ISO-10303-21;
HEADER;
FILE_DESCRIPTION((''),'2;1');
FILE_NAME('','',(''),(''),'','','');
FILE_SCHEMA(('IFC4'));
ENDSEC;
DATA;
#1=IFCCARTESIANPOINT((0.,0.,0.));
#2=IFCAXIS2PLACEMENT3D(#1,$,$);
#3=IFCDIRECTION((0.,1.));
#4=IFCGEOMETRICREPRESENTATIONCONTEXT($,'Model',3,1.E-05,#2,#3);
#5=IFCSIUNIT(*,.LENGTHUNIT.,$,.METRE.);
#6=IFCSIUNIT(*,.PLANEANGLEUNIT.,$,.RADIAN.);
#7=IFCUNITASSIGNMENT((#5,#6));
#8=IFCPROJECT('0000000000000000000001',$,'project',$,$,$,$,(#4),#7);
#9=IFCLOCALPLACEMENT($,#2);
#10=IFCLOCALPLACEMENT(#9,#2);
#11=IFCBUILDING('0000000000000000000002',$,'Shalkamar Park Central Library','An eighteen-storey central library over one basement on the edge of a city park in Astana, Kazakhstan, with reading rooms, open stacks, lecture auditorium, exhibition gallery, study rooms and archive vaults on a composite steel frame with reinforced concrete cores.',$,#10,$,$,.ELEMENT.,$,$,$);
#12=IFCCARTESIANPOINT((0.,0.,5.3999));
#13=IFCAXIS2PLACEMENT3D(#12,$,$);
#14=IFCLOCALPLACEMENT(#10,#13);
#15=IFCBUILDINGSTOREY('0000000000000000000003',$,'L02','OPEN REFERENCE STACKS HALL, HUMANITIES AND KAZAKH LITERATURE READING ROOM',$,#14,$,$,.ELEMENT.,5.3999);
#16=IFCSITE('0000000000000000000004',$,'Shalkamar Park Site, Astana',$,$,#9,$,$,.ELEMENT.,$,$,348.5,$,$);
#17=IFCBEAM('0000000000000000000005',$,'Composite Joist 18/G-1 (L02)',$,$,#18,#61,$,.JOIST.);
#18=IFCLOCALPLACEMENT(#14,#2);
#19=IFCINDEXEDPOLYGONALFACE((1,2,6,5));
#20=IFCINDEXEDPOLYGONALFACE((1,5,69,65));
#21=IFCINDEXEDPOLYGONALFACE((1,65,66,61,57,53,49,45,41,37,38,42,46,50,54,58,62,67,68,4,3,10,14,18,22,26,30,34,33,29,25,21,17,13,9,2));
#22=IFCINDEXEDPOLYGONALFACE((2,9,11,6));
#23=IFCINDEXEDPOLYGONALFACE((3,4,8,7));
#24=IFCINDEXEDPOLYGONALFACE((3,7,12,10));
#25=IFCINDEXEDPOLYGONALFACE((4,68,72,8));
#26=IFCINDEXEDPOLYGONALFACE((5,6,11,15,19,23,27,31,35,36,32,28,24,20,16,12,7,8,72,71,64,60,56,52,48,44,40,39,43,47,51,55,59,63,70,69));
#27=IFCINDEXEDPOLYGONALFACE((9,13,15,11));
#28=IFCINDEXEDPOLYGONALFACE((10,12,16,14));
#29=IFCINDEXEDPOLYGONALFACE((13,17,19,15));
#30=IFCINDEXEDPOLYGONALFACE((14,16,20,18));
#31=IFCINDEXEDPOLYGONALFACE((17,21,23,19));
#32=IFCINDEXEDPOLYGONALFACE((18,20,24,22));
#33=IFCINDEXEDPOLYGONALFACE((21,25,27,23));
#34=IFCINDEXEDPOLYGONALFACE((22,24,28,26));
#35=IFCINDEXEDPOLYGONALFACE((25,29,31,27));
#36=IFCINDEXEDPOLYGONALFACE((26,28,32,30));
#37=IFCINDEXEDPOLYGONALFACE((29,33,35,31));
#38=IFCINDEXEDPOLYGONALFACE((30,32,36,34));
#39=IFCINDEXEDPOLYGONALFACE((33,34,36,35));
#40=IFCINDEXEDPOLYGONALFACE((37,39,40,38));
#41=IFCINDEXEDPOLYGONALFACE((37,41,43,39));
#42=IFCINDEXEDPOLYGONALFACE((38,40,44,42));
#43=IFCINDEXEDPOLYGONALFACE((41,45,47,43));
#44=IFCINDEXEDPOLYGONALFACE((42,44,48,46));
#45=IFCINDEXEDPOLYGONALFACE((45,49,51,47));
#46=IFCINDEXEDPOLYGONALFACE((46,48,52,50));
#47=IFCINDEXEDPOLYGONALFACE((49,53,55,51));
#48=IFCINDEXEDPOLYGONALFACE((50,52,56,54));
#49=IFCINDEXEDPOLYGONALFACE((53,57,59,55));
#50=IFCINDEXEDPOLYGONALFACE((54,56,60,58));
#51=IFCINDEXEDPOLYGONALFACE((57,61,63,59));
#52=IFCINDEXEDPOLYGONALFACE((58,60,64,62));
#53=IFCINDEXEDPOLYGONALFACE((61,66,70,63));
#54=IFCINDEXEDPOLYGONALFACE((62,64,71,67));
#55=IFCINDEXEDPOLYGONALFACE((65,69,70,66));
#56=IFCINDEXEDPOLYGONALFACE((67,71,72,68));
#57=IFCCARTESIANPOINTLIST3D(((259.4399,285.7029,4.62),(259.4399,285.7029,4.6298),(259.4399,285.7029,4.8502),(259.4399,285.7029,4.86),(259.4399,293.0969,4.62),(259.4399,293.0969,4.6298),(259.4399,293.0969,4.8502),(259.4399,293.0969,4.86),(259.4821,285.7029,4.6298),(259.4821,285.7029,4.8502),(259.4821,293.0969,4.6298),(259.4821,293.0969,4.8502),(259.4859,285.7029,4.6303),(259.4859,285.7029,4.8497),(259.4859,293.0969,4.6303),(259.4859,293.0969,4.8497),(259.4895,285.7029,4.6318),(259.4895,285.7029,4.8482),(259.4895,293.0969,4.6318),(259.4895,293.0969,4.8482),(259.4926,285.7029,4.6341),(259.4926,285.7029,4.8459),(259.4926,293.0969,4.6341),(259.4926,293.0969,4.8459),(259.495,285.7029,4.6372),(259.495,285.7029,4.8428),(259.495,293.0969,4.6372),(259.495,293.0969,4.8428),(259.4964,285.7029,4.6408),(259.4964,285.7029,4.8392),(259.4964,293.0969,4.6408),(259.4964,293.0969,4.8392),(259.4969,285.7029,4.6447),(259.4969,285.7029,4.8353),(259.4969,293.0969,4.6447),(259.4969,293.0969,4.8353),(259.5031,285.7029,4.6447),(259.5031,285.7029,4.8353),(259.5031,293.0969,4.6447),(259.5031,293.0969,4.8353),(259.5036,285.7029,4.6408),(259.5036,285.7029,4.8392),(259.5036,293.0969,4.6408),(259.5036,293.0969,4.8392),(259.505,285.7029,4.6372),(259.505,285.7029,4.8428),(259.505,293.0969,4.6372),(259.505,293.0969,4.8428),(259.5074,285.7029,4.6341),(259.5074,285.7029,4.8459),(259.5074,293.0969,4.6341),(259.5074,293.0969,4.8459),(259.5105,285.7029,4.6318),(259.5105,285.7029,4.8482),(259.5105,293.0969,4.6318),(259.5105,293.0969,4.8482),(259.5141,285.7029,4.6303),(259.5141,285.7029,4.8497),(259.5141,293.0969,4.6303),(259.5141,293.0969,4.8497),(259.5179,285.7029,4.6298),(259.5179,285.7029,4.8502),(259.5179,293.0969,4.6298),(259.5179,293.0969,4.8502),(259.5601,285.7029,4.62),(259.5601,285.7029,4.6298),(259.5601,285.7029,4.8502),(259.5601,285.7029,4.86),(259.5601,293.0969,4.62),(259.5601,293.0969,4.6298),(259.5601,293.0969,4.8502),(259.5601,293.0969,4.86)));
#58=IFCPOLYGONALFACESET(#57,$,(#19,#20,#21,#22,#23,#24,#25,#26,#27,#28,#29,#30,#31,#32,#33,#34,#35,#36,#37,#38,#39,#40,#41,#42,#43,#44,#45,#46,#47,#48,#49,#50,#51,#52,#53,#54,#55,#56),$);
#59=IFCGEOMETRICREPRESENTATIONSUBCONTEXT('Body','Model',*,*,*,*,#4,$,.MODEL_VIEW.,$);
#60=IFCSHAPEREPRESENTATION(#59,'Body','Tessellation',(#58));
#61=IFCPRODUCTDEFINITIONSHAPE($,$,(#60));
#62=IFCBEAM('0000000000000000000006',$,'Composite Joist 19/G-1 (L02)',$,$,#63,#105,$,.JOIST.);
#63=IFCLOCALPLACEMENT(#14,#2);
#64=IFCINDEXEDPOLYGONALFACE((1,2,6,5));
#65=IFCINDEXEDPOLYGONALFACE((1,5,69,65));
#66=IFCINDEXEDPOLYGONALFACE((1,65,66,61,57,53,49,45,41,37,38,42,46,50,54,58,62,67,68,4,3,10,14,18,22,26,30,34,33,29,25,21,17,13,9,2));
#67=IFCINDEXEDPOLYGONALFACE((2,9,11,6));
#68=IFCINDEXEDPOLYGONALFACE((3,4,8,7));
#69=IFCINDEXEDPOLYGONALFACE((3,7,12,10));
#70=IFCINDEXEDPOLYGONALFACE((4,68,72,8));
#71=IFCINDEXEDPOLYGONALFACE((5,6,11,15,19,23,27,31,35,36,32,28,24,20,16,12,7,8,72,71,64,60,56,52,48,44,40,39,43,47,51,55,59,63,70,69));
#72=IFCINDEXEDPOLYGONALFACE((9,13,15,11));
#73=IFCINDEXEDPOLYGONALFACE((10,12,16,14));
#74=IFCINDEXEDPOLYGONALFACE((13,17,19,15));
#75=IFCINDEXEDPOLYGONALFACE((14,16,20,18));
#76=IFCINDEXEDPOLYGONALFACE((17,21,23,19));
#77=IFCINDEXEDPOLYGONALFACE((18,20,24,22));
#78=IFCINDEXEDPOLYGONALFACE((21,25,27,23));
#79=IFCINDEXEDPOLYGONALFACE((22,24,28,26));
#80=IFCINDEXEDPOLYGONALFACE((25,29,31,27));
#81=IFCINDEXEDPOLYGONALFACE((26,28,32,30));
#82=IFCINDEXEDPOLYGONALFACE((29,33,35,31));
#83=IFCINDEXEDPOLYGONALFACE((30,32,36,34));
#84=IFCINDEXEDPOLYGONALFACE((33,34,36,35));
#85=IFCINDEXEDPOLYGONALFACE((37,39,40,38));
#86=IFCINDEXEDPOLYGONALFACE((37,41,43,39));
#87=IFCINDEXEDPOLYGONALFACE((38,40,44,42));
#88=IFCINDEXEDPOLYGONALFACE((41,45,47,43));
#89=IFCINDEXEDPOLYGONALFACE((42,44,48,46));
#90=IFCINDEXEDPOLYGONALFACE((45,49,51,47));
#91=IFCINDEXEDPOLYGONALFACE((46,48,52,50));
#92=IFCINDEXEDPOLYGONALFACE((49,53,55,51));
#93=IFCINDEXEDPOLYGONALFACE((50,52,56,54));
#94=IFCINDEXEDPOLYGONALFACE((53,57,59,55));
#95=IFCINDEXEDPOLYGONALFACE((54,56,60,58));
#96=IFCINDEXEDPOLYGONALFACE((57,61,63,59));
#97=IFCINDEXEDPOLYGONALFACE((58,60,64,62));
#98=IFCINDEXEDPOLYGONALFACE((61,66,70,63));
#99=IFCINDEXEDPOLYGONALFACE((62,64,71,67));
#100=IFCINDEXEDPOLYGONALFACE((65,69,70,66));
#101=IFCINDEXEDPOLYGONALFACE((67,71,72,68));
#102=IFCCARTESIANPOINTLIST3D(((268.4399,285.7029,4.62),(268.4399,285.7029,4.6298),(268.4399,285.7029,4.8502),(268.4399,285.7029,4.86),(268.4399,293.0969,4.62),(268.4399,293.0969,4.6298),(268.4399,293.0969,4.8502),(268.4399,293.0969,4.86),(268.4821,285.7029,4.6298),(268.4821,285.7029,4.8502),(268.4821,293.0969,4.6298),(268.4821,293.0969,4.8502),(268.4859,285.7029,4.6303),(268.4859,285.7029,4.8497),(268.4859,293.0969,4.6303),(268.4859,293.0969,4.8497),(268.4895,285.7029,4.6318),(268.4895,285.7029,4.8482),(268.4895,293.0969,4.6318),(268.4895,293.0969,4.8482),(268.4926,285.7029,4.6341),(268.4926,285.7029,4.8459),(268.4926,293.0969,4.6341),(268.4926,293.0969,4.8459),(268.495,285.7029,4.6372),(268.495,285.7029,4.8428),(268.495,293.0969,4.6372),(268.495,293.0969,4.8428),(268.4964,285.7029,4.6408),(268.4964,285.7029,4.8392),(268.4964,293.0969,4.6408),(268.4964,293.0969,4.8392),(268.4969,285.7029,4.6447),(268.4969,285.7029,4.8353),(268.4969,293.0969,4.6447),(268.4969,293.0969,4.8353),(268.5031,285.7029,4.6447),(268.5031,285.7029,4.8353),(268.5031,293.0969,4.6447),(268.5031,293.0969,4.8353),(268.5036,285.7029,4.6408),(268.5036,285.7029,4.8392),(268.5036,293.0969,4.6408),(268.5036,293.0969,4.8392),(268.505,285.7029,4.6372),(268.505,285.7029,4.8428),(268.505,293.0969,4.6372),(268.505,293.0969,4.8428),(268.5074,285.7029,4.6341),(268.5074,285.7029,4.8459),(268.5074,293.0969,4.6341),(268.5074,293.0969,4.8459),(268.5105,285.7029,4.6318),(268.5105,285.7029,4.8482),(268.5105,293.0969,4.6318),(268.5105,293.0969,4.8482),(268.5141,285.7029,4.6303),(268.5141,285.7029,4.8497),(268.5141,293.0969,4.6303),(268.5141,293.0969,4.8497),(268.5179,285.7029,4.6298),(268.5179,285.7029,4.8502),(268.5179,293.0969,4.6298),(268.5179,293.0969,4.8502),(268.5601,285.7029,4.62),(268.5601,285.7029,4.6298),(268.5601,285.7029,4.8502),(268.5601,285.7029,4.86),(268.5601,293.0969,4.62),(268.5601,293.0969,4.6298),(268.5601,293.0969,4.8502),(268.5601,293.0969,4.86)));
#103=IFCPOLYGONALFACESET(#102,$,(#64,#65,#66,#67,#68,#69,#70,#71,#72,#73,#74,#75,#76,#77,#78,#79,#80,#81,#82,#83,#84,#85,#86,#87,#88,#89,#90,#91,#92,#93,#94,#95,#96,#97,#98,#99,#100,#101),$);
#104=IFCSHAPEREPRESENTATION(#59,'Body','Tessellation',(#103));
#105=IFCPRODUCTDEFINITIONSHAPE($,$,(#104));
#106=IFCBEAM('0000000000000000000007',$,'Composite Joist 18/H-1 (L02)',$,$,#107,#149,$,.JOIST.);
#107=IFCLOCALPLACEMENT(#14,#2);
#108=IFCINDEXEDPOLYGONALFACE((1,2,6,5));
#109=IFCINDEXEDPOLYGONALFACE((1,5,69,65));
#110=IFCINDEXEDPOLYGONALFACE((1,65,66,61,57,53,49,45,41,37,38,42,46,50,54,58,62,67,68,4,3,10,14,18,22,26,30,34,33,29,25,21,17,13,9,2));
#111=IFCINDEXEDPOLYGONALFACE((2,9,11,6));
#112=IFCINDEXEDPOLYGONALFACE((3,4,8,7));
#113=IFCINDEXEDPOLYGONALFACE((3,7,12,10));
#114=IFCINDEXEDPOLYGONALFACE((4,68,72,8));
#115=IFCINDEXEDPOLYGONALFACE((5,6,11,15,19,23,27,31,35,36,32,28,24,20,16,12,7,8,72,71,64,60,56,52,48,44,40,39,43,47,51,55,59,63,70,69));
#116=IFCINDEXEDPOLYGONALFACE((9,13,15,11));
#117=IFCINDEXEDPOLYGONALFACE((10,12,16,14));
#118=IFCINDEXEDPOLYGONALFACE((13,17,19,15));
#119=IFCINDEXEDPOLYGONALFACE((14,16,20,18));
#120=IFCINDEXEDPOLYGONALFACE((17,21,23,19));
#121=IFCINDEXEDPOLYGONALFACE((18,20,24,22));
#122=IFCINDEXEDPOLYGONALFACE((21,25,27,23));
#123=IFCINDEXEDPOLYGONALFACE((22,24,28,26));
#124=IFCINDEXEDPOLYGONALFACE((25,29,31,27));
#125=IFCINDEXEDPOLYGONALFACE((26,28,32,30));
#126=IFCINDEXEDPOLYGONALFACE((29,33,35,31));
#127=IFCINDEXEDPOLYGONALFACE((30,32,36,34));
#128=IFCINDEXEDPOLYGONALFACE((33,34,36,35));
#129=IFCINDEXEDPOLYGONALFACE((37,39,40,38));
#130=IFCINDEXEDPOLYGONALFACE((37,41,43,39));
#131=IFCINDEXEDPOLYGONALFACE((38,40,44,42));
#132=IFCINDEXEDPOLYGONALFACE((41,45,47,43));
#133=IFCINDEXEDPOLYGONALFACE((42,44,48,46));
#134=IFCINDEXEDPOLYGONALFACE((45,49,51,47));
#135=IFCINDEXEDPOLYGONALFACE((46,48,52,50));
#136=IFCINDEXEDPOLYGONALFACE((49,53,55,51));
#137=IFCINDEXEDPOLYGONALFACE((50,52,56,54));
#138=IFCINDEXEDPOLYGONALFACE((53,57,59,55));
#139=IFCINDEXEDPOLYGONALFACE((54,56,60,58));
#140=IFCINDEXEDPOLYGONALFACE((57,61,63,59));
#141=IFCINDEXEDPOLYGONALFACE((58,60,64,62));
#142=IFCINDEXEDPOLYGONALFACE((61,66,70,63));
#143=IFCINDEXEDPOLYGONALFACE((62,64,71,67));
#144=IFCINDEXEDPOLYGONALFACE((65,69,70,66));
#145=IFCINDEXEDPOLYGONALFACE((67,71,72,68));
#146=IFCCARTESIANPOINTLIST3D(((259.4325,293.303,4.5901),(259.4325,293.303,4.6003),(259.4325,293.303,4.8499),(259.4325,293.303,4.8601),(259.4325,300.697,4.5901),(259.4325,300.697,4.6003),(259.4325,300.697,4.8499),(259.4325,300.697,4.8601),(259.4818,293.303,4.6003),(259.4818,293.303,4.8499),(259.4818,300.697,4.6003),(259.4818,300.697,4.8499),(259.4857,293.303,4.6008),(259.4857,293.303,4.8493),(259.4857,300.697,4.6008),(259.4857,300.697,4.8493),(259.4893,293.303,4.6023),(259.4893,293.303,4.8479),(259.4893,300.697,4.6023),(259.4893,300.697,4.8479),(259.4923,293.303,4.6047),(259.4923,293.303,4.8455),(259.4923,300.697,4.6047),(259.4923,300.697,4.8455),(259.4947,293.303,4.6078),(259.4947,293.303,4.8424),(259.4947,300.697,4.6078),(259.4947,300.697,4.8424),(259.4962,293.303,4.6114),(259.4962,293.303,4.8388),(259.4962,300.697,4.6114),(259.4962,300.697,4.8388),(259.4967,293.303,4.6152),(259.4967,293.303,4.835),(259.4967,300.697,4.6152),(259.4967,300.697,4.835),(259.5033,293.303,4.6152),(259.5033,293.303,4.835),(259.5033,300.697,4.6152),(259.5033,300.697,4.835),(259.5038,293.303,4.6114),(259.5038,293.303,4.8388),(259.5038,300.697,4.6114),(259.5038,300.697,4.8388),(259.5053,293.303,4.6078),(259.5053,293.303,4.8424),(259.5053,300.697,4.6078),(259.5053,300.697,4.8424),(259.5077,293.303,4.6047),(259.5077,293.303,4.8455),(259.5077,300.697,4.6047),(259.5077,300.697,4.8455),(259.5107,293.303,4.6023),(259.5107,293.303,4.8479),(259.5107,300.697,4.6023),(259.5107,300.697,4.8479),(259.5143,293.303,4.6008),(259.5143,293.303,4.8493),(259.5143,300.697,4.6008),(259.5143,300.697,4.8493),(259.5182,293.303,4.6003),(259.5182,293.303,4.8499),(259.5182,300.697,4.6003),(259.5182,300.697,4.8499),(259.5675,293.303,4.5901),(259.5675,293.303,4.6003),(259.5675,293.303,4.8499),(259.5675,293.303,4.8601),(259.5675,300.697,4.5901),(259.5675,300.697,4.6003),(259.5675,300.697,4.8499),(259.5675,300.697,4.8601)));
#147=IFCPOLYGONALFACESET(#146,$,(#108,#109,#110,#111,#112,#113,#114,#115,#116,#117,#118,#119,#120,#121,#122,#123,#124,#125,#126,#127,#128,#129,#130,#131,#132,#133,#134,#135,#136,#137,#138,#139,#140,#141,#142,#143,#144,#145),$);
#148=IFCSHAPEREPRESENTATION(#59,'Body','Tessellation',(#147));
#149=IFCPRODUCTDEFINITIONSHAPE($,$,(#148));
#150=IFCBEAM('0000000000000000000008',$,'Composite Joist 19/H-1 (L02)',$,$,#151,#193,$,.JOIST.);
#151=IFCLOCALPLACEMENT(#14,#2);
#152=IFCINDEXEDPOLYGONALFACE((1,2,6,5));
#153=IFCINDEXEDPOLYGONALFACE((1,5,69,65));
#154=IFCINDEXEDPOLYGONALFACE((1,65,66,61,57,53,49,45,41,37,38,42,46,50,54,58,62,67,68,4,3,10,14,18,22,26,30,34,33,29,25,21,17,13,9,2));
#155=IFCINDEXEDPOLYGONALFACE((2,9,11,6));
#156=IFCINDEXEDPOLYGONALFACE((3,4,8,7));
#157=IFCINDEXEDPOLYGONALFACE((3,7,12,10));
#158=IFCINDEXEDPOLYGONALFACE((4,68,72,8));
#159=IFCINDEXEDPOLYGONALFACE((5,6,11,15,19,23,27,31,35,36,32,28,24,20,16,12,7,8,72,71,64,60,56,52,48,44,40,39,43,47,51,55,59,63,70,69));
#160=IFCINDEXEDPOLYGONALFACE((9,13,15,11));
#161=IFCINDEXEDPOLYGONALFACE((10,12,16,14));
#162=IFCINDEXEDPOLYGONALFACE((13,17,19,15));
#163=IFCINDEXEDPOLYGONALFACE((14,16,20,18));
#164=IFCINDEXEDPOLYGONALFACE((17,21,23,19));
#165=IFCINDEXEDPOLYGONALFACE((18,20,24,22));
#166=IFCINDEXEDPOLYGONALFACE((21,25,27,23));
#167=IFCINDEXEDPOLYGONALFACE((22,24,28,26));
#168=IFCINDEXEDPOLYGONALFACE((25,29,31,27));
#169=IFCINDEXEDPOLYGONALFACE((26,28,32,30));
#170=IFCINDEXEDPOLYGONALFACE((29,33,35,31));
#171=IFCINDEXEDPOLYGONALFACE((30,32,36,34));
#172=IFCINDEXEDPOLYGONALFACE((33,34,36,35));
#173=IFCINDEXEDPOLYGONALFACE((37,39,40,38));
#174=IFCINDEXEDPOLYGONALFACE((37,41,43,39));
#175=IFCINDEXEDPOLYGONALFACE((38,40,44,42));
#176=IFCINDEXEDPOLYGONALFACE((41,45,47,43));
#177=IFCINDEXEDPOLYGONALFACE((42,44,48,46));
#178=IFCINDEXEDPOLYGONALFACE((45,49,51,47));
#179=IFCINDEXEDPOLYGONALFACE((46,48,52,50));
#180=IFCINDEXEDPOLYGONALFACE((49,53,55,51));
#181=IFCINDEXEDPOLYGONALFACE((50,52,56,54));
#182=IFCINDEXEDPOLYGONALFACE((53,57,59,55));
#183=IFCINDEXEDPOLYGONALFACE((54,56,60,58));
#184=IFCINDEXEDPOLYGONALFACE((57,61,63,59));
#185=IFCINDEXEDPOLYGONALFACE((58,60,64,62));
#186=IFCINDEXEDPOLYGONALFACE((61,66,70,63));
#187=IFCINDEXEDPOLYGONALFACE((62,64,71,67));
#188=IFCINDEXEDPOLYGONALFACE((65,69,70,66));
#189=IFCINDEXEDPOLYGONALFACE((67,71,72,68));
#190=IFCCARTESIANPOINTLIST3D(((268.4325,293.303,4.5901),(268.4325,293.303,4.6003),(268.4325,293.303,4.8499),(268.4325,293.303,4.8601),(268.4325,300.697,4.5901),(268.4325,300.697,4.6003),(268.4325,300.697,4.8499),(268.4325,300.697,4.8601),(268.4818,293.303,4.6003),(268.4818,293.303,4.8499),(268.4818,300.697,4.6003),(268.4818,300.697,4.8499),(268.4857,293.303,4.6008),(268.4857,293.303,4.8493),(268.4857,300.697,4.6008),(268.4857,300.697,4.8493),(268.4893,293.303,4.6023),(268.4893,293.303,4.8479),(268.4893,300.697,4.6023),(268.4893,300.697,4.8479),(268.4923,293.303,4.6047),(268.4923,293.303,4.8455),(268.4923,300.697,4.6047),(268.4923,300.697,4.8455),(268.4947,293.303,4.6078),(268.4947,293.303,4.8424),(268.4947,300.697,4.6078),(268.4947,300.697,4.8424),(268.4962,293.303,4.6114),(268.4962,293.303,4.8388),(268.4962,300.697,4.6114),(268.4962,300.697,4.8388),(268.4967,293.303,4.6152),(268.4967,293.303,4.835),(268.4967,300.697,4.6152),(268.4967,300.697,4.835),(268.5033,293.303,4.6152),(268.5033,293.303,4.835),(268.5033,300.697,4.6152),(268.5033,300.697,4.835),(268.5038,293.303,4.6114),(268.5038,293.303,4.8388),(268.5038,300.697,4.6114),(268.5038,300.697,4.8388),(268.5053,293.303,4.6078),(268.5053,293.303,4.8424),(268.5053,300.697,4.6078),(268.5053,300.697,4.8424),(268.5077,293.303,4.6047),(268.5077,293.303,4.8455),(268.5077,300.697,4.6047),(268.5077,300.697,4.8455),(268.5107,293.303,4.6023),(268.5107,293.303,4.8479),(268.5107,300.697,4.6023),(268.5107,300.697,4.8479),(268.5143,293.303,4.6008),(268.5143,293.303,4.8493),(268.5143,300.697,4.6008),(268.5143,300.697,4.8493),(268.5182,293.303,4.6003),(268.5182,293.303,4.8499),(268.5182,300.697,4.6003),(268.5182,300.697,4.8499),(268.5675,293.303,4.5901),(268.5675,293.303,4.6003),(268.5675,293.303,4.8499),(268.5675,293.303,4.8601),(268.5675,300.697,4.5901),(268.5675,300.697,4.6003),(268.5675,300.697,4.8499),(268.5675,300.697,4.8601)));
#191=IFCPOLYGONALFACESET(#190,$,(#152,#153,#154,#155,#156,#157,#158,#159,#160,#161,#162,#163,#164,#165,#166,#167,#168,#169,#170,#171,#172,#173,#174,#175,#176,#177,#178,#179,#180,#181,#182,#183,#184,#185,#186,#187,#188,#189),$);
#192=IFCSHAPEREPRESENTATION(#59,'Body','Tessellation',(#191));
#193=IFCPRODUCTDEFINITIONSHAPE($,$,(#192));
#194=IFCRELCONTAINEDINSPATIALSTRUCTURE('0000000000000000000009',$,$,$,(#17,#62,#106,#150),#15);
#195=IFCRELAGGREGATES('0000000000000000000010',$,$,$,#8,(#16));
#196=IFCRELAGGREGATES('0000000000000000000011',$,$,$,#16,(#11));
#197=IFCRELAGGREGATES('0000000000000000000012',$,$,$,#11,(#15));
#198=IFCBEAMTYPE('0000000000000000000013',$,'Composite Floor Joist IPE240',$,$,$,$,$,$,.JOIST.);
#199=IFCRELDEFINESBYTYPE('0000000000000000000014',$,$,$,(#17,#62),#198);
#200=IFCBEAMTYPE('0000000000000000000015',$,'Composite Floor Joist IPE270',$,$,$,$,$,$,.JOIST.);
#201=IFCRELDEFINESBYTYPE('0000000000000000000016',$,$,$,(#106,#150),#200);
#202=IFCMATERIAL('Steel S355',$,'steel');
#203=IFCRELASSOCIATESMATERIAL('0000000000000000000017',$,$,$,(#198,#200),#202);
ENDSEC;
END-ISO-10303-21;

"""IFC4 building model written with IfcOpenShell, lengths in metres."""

from ifc_helpers import new_model, si_unit, direction, frame, origin, origin_2d, place, context, subcontext, project, spatial, i_section, extrude, material, material_profile, profile_set, type_object, element, save


model = new_model("IFC4")

# Units and contexts
model_context = context("Model", 3, precision=1e-05, world=origin(), true_north=direction((0.0, 1.0)))
body_context = subcontext(model_context, "Body", "Model", "MODEL_VIEW")
ifc_project = project(units=[si_unit("LENGTHUNIT", "METRE"), si_unit("PLANEANGLEUNIT", "RADIAN")], contexts=[model_context])

# Site, building, storey
site_placement = place(None, origin())
site = spatial("IfcSite", under=ifc_project, at=site_placement, Name="Shalkamar Park Site, Astana", CompositionType="ELEMENT", RefElevation=348.5)
building_placement = place(site_placement, origin())
building = spatial("IfcBuilding", under=site, at=building_placement, Name="Shalkamar Park Central Library", Description="An eighteen-storey central library over one basement on the edge of a city park in Astana, Kazakhstan, with reading rooms, open stacks, lecture auditorium, exhibition gallery, study rooms and archive vaults on a composite steel frame with reinforced concrete cores.", CompositionType="ELEMENT")
storey_placement = place(building_placement, frame((0.0, 0.0, 5.3999)))
storey = spatial("IfcBuildingStorey", under=building, at=storey_placement, Name="L02", Description="OPEN REFERENCE STACKS HALL, HUMANITIES AND KAZAKH LITERATURE READING ROOM", CompositionType="ELEMENT", Elevation=5.3999)

# Shared definitions
ifc_material_1 = material(Name="Steel S355", Category="steel")

# Beams
ifc_material_profile_1 = material_profile(ifc_material_1, i_section(OverallWidth=0.1201, OverallDepth=0.24, WebThickness=0.0061, FlangeThickness=0.0098, FilletRadius=0.0149, at=origin_2d()), Name="IPE 240")
ifc_profile_set_1 = profile_set([ifc_material_profile_1], Name="Steel S355")
beam_type_1 = type_object("IfcBeamType", Name="Composite Floor Joist IPE240", PredefinedType="JOIST", material=ifc_profile_set_1)
for number, where, z_axis, x_axis, name in (
    (1, (259.5, 285.7029, 4.74), (0.0, 1.0, 0.0), (-1.0, 0.0, 0.0), "Composite Joist 18/G-1 (L02)"),
    (2, (268.5, 285.7029, 4.74), (0.0, 1.0, 0.0), (-1.0, 0.0, 0.0), "Composite Joist 19/G-1 (L02)"),
):
    element("IfcBeam", number, at=place(storey_placement, frame(where, z_axis=z_axis, x_axis=x_axis)), inside=storey, type_object=beam_type_1, Name=name, PredefinedType="JOIST", context=body_context, shape_type="SweptSolid", body=[
        extrude(i_section(OverallWidth=0.1201, OverallDepth=0.24, WebThickness=0.0061, FlangeThickness=0.0098, FilletRadius=0.0149, at=origin_2d()), origin(), (0.0, 0.0, 1.0), 7.394),
    ])
ifc_material_profile_2 = material_profile(ifc_material_1, i_section(OverallWidth=0.135, OverallDepth=0.27, WebThickness=0.0066, FlangeThickness=0.0103, FilletRadius=0.0149, at=origin_2d()), Name="IPE 270")
ifc_profile_set_2 = profile_set([ifc_material_profile_2], Name="Steel S355")
beam_type_2 = type_object("IfcBeamType", Name="Composite Floor Joist IPE270", PredefinedType="JOIST", material=ifc_profile_set_2)
for number, where, z_axis, x_axis, name in (
    (3, (259.5, 293.303, 4.7251), (0.0, 1.0, 0.0), (-1.0, 0.0, 0.0), "Composite Joist 18/H-1 (L02)"),
    (4, (268.5, 293.303, 4.7251), (0.0, 1.0, 0.0), (-1.0, 0.0, 0.0), "Composite Joist 19/H-1 (L02)"),
):
    element("IfcBeam", number, at=place(storey_placement, frame(where, z_axis=z_axis, x_axis=x_axis)), inside=storey, type_object=beam_type_2, Name=name, PredefinedType="JOIST", context=body_context, shape_type="SweptSolid", body=[
        extrude(i_section(OverallWidth=0.135, OverallDepth=0.27, WebThickness=0.0066, FlangeThickness=0.0103, FilletRadius=0.0149, at=origin_2d()), origin(), (0.0, 0.0, 1.0), 7.394),
    ])

save(model, "model.ifc")
